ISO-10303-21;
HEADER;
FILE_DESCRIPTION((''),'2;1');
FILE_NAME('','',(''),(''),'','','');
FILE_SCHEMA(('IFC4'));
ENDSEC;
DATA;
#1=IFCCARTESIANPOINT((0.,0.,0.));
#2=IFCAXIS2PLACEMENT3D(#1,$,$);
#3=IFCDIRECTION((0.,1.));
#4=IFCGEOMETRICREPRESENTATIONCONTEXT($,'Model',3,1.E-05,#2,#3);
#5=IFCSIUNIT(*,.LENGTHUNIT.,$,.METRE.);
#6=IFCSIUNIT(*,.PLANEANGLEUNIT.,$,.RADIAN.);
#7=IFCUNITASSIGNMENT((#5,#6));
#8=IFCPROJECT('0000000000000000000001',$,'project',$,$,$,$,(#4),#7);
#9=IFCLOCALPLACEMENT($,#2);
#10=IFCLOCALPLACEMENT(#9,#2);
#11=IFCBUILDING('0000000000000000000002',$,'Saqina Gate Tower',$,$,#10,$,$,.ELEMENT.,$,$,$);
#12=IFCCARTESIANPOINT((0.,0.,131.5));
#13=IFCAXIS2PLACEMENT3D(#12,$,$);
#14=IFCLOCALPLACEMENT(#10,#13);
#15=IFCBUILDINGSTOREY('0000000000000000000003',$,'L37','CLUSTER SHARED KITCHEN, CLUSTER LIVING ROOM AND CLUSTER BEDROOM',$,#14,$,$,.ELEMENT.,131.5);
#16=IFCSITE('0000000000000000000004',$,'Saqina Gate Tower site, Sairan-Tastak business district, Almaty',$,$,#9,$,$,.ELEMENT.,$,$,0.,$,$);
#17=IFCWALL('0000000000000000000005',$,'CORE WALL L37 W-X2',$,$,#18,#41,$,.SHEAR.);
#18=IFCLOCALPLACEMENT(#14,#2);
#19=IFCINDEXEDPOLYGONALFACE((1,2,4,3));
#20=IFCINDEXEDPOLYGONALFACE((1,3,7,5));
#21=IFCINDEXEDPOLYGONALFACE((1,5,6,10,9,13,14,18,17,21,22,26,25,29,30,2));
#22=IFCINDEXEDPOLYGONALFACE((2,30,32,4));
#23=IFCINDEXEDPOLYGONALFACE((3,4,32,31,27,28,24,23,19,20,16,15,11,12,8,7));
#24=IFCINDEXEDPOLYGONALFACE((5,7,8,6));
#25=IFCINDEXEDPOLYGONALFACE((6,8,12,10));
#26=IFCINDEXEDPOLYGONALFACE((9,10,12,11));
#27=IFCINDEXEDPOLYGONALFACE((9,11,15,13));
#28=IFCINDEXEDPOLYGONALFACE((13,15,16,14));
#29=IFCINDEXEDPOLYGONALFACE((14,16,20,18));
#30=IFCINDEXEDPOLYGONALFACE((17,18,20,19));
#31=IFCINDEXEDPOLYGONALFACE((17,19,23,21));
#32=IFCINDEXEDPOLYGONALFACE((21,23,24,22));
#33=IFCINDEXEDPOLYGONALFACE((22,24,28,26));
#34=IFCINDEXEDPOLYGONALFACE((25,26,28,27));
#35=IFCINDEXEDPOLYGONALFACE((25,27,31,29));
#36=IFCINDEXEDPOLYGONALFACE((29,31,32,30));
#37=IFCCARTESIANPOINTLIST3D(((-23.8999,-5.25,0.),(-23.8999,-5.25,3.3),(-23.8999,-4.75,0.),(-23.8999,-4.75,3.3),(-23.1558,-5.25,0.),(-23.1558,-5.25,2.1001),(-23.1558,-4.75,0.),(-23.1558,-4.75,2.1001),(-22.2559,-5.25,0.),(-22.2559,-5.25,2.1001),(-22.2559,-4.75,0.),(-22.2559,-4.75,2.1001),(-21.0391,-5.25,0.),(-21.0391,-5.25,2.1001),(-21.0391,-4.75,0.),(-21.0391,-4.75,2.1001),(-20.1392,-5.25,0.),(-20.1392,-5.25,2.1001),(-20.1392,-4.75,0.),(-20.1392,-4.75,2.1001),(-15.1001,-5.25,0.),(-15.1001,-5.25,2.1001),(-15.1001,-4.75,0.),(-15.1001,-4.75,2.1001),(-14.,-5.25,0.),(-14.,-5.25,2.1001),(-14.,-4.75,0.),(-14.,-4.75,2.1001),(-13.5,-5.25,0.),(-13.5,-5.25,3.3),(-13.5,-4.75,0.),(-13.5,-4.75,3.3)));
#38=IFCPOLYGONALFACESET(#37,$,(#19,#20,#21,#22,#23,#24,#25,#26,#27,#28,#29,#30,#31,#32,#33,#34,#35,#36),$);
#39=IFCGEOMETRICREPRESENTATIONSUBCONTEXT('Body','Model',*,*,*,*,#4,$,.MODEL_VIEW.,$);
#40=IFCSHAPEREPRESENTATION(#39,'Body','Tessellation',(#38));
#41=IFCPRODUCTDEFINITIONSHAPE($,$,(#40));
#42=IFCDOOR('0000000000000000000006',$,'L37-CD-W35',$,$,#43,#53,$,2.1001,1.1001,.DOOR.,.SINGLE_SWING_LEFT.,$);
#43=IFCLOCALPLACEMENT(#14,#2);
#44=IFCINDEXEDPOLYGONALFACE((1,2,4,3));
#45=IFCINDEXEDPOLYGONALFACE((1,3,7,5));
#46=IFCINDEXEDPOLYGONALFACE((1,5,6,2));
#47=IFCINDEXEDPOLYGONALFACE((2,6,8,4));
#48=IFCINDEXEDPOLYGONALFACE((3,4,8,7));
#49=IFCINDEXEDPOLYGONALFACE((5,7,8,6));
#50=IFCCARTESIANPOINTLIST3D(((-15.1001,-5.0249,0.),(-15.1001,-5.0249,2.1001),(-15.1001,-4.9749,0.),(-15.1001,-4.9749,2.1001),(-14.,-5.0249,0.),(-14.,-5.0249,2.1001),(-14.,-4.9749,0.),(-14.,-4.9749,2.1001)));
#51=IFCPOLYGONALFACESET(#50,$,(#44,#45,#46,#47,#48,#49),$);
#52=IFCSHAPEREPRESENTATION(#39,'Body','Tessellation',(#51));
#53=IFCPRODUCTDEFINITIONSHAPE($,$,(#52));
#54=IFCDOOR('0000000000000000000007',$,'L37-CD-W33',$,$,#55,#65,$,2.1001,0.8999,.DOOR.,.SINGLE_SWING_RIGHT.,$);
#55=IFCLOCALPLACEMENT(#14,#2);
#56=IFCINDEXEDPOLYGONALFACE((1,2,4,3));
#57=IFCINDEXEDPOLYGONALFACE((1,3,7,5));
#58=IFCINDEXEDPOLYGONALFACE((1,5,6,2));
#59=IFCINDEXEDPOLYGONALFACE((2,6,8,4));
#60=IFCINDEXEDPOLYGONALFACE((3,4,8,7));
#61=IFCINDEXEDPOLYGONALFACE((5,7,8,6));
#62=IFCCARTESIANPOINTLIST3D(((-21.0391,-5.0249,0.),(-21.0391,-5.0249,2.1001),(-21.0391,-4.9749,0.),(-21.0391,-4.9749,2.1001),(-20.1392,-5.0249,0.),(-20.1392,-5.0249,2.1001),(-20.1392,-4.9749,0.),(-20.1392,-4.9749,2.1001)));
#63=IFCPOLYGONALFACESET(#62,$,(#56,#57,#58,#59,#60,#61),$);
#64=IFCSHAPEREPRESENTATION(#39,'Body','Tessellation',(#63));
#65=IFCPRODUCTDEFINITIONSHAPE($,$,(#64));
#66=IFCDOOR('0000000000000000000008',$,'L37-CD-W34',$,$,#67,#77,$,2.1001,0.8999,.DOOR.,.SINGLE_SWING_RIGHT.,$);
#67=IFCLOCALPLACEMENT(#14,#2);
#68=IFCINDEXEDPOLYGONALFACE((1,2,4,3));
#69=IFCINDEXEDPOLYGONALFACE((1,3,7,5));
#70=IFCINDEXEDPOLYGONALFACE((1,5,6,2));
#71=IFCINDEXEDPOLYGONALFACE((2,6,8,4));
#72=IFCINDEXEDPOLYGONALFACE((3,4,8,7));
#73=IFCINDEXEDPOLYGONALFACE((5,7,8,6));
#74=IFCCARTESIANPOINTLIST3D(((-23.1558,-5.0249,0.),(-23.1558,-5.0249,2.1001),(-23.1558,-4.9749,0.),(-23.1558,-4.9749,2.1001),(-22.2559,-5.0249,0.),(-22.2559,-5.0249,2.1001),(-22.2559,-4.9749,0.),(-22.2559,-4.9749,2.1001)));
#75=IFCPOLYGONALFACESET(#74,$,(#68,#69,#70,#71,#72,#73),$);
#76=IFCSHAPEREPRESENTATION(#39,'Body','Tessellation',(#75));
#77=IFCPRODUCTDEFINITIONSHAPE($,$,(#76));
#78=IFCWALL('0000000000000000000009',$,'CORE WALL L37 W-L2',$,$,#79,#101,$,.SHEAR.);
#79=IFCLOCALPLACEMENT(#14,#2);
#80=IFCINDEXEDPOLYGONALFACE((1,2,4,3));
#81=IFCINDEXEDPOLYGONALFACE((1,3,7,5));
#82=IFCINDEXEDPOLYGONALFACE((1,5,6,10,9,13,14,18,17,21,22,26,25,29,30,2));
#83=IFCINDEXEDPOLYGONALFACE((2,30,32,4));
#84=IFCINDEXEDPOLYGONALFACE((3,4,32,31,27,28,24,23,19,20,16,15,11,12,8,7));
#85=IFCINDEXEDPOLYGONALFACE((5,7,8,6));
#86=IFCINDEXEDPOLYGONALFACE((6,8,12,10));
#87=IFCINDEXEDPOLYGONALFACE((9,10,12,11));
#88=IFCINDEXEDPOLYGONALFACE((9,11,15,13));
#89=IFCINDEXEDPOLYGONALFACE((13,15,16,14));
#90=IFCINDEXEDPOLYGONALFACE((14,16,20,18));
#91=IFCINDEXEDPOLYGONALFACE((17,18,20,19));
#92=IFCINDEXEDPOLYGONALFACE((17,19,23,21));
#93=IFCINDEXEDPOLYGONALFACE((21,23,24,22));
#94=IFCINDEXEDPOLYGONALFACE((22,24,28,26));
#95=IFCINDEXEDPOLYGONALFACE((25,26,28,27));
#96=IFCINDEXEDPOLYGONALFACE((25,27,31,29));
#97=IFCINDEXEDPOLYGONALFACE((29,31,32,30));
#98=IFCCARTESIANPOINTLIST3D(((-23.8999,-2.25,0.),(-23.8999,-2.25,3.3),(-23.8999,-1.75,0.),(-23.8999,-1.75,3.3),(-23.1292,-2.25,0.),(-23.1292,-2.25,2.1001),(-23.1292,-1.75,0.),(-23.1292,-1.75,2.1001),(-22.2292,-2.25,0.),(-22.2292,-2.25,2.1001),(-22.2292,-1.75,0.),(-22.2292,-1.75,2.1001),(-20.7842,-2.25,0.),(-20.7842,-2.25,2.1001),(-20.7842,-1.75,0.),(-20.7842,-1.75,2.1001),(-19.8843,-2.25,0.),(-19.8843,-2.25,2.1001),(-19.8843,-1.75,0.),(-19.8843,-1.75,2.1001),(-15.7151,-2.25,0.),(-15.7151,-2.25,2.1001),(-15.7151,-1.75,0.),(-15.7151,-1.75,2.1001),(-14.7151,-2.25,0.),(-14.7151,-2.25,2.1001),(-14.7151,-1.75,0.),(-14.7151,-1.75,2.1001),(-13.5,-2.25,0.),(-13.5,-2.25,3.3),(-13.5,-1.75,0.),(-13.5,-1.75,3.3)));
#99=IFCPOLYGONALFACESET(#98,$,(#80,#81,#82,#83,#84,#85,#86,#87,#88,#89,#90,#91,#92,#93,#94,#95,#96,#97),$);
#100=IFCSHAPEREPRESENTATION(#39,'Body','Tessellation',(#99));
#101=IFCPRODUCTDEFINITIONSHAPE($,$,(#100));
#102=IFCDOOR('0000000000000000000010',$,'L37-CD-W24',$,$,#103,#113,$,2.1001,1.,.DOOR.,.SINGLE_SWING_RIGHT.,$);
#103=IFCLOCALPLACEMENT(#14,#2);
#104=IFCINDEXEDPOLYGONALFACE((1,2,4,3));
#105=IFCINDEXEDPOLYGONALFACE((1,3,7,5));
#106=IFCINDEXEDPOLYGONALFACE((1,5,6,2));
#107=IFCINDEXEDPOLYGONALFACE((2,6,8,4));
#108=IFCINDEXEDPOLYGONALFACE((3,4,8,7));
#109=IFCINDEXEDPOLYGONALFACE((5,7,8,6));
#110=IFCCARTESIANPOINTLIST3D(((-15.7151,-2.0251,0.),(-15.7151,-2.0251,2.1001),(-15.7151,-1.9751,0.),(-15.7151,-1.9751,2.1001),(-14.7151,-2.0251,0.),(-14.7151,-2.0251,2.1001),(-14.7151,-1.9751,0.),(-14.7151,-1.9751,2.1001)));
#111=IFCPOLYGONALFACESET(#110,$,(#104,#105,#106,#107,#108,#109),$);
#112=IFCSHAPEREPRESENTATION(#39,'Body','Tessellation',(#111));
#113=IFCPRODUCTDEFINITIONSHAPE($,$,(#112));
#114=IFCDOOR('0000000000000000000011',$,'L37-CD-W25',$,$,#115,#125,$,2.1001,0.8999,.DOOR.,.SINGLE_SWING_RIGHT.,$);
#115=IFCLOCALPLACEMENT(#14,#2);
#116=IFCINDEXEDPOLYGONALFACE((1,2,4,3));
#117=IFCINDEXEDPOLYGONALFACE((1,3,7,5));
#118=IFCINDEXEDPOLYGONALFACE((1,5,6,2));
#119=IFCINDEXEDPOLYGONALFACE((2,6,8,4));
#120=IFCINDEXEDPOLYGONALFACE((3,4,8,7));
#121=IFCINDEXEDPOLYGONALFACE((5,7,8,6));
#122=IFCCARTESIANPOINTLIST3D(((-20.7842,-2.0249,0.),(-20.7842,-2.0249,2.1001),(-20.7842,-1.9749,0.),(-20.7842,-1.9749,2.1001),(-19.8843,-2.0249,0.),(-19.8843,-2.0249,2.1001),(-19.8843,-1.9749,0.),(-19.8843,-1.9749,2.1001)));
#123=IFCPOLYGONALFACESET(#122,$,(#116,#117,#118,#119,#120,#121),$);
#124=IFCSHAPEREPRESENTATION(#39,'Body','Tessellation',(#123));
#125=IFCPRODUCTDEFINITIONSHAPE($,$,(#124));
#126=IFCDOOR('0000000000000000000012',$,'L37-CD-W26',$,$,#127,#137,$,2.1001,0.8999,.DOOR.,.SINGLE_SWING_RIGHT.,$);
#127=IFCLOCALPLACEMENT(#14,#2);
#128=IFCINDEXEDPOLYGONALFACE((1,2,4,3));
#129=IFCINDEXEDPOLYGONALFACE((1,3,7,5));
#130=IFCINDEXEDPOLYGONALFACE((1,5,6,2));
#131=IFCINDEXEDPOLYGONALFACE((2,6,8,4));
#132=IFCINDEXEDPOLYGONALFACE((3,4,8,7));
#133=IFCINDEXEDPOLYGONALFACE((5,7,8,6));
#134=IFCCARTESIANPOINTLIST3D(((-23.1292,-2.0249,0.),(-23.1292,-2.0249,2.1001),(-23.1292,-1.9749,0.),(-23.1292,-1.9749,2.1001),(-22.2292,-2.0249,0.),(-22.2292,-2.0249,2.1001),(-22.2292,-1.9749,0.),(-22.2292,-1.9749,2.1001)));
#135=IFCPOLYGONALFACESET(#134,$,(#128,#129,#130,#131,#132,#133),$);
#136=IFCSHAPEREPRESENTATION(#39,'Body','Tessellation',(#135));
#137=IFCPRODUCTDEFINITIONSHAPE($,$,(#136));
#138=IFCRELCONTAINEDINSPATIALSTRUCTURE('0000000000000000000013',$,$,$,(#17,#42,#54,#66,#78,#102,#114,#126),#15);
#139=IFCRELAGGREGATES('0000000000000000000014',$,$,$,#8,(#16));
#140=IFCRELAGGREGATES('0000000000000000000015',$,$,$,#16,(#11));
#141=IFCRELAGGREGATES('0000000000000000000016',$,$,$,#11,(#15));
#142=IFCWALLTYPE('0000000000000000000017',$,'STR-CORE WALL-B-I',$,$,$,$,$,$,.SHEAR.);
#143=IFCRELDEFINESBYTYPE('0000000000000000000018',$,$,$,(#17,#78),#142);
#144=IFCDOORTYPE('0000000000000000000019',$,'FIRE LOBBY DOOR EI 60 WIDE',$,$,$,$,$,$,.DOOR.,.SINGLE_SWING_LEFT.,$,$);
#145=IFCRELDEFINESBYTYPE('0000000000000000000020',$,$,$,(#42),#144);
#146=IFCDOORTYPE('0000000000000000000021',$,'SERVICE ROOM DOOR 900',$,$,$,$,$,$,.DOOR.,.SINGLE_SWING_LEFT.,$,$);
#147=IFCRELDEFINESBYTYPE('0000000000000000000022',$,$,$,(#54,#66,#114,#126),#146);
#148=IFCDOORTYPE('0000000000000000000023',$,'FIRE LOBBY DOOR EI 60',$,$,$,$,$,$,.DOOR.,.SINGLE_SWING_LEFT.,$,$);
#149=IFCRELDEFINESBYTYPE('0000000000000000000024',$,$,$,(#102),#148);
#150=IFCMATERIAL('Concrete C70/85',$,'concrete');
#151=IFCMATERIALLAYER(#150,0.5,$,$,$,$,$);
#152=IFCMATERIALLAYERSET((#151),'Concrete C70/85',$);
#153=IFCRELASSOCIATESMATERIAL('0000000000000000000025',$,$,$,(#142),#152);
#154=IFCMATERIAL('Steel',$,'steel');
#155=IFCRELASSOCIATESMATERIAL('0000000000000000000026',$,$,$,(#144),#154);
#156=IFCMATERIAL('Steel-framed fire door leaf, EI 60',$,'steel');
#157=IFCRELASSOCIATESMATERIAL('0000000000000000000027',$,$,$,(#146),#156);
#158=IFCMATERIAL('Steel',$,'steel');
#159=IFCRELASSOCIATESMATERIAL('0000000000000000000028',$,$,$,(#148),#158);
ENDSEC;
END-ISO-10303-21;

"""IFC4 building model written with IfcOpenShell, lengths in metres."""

from ifc_helpers import new_model, si_unit, direction, frame, frame_2d, origin, place, context, subcontext, project, spatial, rectangle, extrude, material, layer, layer_set, type_object, element, fill, save


model = new_model("IFC4")

# Units and contexts
model_context = context("Model", 3, precision=1e-05, world=origin(), true_north=direction((0.0, 1.0)))
body_context = subcontext(model_context, "Body", "Model", "MODEL_VIEW")
ifc_project = project(units=[si_unit("LENGTHUNIT", "METRE"), si_unit("PLANEANGLEUNIT", "RADIAN")], contexts=[model_context])

# Site, building, storey
site_placement = place(None, origin())
site = spatial("IfcSite", under=ifc_project, at=site_placement, Name="Saqina Gate Tower site, Sairan-Tastak business district, Almaty", CompositionType="ELEMENT", RefElevation=0.0)
building_placement = place(site_placement, origin())
building = spatial("IfcBuilding", under=site, at=building_placement, Name="Saqina Gate Tower", CompositionType="ELEMENT")
storey_placement = place(building_placement, frame((0.0, 0.0, 131.5)))
storey = spatial("IfcBuildingStorey", under=building, at=storey_placement, Name="L37", Description="CLUSTER SHARED KITCHEN, CLUSTER LIVING ROOM AND CLUSTER BEDROOM", CompositionType="ELEMENT", Elevation=131.5)

# Walls, openings, doors
ifc_material_1 = material(Name="Concrete C70/85", Category="concrete")
ifc_layer_1 = layer(ifc_material_1, 0.5)
ifc_layer_set_1 = layer_set([ifc_layer_1], Name="Concrete C70/85")
wall_type_1 = type_object("IfcWallType", Name="STR-CORE WALL-B-I", PredefinedType="SHEAR", material=ifc_layer_set_1)
wall_1_placement = place(storey_placement, frame((-13.5, -5.0, 0.0), z_axis=(0.0, 0.0, 1.0), x_axis=(-1.0, 0.0, 0.0)))
wall_1 = element("IfcWall", 1, at=wall_1_placement, inside=storey, type_object=wall_type_1, Name="CORE WALL L37 W-X2", PredefinedType="SHEAR", context=body_context, shape_type="SweptSolid", body=[
    extrude(rectangle(XDim=10.3999, YDim=0.5, at=frame_2d((5.2, 0.0))), origin(), (0.0, 0.0, 1.0), 3.3),
])
opening_1_placement = place(wall_1_placement, frame((6.6392, 0.0, 0.0)))
opening_1 = element("IfcOpeningElement", 2, at=opening_1_placement, cuts=wall_1, PredefinedType="OPENING", context=body_context, shape_type="SweptSolid", body=[
    extrude(rectangle(XDim=0.8999, YDim=2.1001, at=frame_2d((0.45, 1.05))), frame((0.0, 0.262, 0.0), z_axis=(0.0, -1.0, 0.0), x_axis=(1.0, 0.0, 0.0)), (0.0, 0.0, 1.0), 0.5239),
])
opening_2_placement = place(wall_1_placement, frame((8.7559, 0.0, 0.0)))
opening_2 = element("IfcOpeningElement", 3, at=opening_2_placement, cuts=wall_1, PredefinedType="OPENING", context=body_context, shape_type="SweptSolid", body=[
    extrude(rectangle(XDim=0.8999, YDim=2.1001, at=frame_2d((0.45, 1.05))), frame((0.0, 0.262, 0.0), z_axis=(0.0, -1.0, 0.0), x_axis=(1.0, 0.0, 0.0)), (0.0, 0.0, 1.0), 0.5239),
])
opening_3_placement = place(wall_1_placement, frame((0.5, 0.0, 0.0)))
opening_3 = element("IfcOpeningElement", 4, at=opening_3_placement, cuts=wall_1, PredefinedType="OPENING", context=body_context, shape_type="SweptSolid", body=[
    extrude(rectangle(XDim=1.1001, YDim=2.1001, at=frame_2d((0.55, 1.05))), frame((0.0, 0.262, 0.0), z_axis=(0.0, -1.0, 0.0), x_axis=(1.0, 0.0, 0.0)), (0.0, 0.0, 1.0), 0.5239),
])
ifc_material_2 = material(Name="Steel", Category="steel")
door_type_1 = type_object("IfcDoorType", Name="FIRE LOBBY DOOR EI 60 WIDE", OperationType="SINGLE_SWING_LEFT", PredefinedType="DOOR", material=ifc_material_2)
door_1_placement = place(opening_3_placement, origin())
door_1 = element("IfcDoor", 5, at=door_1_placement, inside=storey, type_object=door_type_1, Name="L37-CD-W35", OperationType="SINGLE_SWING_LEFT", OverallHeight=2.1001, OverallWidth=1.1001, PredefinedType="DOOR", context=body_context, shape_type="SweptSolid", body=[
    extrude(rectangle(XDim=1.1001, YDim=2.1001, at=frame_2d((0.55, 1.05))), frame((0.0, 0.0249, 0.0), z_axis=(0.0, -1.0, 0.0), x_axis=(1.0, 0.0, 0.0)), (0.0, 0.0, 1.0), 0.05),
])
fill(opening_3, door_1)
ifc_material_3 = material(Name="Steel-framed fire door leaf, EI 60", Category="steel")
door_type_2 = type_object("IfcDoorType", Name="SERVICE ROOM DOOR 900", OperationType="SINGLE_SWING_LEFT", PredefinedType="DOOR", material=ifc_material_3)
door_2_placement = place(opening_1_placement, origin())
door_2 = element("IfcDoor", 6, at=door_2_placement, inside=storey, type_object=door_type_2, Name="L37-CD-W33", OperationType="SINGLE_SWING_RIGHT", OverallHeight=2.1001, OverallWidth=0.8999, PredefinedType="DOOR", context=body_context, shape_type="SweptSolid", body=[
    extrude(rectangle(XDim=0.8999, YDim=2.1001, at=frame_2d((0.45, 1.05))), frame((0.0, 0.0249, 0.0), z_axis=(0.0, -1.0, 0.0), x_axis=(1.0, 0.0, 0.0)), (0.0, 0.0, 1.0), 0.05),
])
fill(opening_1, door_2)
door_3_placement = place(opening_2_placement, origin())
door_3 = element("IfcDoor", 7, at=door_3_placement, inside=storey, type_object=door_type_2, Name="L37-CD-W34", OperationType="SINGLE_SWING_RIGHT", OverallHeight=2.1001, OverallWidth=0.8999, PredefinedType="DOOR", context=body_context, shape_type="SweptSolid", body=[
    extrude(rectangle(XDim=0.8999, YDim=2.1001, at=frame_2d((0.45, 1.05))), frame((0.0, 0.0249, 0.0), z_axis=(0.0, -1.0, 0.0), x_axis=(1.0, 0.0, 0.0)), (0.0, 0.0, 1.0), 0.05),
])
fill(opening_2, door_3)
wall_2_placement = place(storey_placement, frame((-13.5, -2.0, 0.0), z_axis=(0.0, 0.0, 1.0), x_axis=(-1.0, 0.0, 0.0)))
wall_2 = element("IfcWall", 8, at=wall_2_placement, inside=storey, type_object=wall_type_1, Name="CORE WALL L37 W-L2", PredefinedType="SHEAR", context=body_context, shape_type="SweptSolid", body=[
    extrude(rectangle(XDim=10.3999, YDim=0.5, at=frame_2d((5.2, 0.0))), origin(), (0.0, 0.0, 1.0), 3.3),
])
opening_4_placement = place(wall_2_placement, frame((1.2151, 0.0, 0.0)))
opening_4 = element("IfcOpeningElement", 9, at=opening_4_placement, cuts=wall_2, PredefinedType="OPENING", context=body_context, shape_type="SweptSolid", body=[
    extrude(rectangle(XDim=1.0, YDim=2.1001, at=frame_2d((0.5, 1.05))), frame((0.0, 0.262, 0.0), z_axis=(0.0, -1.0, 0.0), x_axis=(1.0, 0.0, 0.0)), (0.0, 0.0, 1.0), 0.5239),
])
opening_5_placement = place(wall_2_placement, frame((6.3843, 0.0, 0.0)))
opening_5 = element("IfcOpeningElement", 10, at=opening_5_placement, cuts=wall_2, PredefinedType="OPENING", context=body_context, shape_type="SweptSolid", body=[
    extrude(rectangle(XDim=0.8999, YDim=2.1001, at=frame_2d((0.45, 1.05))), frame((0.0, 0.262, 0.0), z_axis=(0.0, -1.0, 0.0), x_axis=(1.0, 0.0, 0.0)), (0.0, 0.0, 1.0), 0.5239),
])
opening_6_placement = place(wall_2_placement, frame((8.7292, 0.0, 0.0)))
opening_6 = element("IfcOpeningElement", 11, at=opening_6_placement, cuts=wall_2, PredefinedType="OPENING", context=body_context, shape_type="SweptSolid", body=[
    extrude(rectangle(XDim=0.8999, YDim=2.1001, at=frame_2d((0.45, 1.05))), frame((0.0, 0.262, 0.0), z_axis=(0.0, -1.0, 0.0), x_axis=(1.0, 0.0, 0.0)), (0.0, 0.0, 1.0), 0.5239),
])
ifc_material_4 = material(Name="Steel", Category="steel")
door_type_3 = type_object("IfcDoorType", Name="FIRE LOBBY DOOR EI 60", OperationType="SINGLE_SWING_LEFT", PredefinedType="DOOR", material=ifc_material_4)
door_4_placement = place(opening_4_placement, frame((1.0, 0.0, 0.0), z_axis=(0.0, 0.0, 1.0), x_axis=(-1.0, 0.0, 0.0)))
door_4 = element("IfcDoor", 12, at=door_4_placement, inside=storey, type_object=door_type_3, Name="L37-CD-W24", OperationType="SINGLE_SWING_RIGHT", OverallHeight=2.1001, OverallWidth=1.0, PredefinedType="DOOR", context=body_context, shape_type="SweptSolid", body=[
    extrude(rectangle(XDim=1.0, YDim=2.1001, at=frame_2d((0.5, 1.05))), frame((0.0, 0.0249, 0.0), z_axis=(0.0, -1.0, 0.0), x_axis=(1.0, 0.0, 0.0)), (0.0, 0.0, 1.0), 0.05),
])
fill(opening_4, door_4)
door_5_placement = place(opening_5_placement, origin())
door_5 = element("IfcDoor", 13, at=door_5_placement, inside=storey, type_object=door_type_2, Name="L37-CD-W25", OperationType="SINGLE_SWING_RIGHT", OverallHeight=2.1001, OverallWidth=0.8999, PredefinedType="DOOR", context=body_context, shape_type="SweptSolid", body=[
    extrude(rectangle(XDim=0.8999, YDim=2.1001, at=frame_2d((0.45, 1.05))), frame((0.0, 0.0249, 0.0), z_axis=(0.0, -1.0, 0.0), x_axis=(1.0, 0.0, 0.0)), (0.0, 0.0, 1.0), 0.05),
])
fill(opening_5, door_5)
door_6_placement = place(opening_6_placement, origin())
door_6 = element("IfcDoor", 14, at=door_6_placement, inside=storey, type_object=door_type_2, Name="L37-CD-W26", OperationType="SINGLE_SWING_RIGHT", OverallHeight=2.1001, OverallWidth=0.8999, PredefinedType="DOOR", context=body_context, shape_type="SweptSolid", body=[
    extrude(rectangle(XDim=0.8999, YDim=2.1001, at=frame_2d((0.45, 1.05))), frame((0.0, 0.0249, 0.0), z_axis=(0.0, -1.0, 0.0), x_axis=(1.0, 0.0, 0.0)), (0.0, 0.0, 1.0), 0.05),
])
fill(opening_6, door_6)

save(model, "model.ifc")
